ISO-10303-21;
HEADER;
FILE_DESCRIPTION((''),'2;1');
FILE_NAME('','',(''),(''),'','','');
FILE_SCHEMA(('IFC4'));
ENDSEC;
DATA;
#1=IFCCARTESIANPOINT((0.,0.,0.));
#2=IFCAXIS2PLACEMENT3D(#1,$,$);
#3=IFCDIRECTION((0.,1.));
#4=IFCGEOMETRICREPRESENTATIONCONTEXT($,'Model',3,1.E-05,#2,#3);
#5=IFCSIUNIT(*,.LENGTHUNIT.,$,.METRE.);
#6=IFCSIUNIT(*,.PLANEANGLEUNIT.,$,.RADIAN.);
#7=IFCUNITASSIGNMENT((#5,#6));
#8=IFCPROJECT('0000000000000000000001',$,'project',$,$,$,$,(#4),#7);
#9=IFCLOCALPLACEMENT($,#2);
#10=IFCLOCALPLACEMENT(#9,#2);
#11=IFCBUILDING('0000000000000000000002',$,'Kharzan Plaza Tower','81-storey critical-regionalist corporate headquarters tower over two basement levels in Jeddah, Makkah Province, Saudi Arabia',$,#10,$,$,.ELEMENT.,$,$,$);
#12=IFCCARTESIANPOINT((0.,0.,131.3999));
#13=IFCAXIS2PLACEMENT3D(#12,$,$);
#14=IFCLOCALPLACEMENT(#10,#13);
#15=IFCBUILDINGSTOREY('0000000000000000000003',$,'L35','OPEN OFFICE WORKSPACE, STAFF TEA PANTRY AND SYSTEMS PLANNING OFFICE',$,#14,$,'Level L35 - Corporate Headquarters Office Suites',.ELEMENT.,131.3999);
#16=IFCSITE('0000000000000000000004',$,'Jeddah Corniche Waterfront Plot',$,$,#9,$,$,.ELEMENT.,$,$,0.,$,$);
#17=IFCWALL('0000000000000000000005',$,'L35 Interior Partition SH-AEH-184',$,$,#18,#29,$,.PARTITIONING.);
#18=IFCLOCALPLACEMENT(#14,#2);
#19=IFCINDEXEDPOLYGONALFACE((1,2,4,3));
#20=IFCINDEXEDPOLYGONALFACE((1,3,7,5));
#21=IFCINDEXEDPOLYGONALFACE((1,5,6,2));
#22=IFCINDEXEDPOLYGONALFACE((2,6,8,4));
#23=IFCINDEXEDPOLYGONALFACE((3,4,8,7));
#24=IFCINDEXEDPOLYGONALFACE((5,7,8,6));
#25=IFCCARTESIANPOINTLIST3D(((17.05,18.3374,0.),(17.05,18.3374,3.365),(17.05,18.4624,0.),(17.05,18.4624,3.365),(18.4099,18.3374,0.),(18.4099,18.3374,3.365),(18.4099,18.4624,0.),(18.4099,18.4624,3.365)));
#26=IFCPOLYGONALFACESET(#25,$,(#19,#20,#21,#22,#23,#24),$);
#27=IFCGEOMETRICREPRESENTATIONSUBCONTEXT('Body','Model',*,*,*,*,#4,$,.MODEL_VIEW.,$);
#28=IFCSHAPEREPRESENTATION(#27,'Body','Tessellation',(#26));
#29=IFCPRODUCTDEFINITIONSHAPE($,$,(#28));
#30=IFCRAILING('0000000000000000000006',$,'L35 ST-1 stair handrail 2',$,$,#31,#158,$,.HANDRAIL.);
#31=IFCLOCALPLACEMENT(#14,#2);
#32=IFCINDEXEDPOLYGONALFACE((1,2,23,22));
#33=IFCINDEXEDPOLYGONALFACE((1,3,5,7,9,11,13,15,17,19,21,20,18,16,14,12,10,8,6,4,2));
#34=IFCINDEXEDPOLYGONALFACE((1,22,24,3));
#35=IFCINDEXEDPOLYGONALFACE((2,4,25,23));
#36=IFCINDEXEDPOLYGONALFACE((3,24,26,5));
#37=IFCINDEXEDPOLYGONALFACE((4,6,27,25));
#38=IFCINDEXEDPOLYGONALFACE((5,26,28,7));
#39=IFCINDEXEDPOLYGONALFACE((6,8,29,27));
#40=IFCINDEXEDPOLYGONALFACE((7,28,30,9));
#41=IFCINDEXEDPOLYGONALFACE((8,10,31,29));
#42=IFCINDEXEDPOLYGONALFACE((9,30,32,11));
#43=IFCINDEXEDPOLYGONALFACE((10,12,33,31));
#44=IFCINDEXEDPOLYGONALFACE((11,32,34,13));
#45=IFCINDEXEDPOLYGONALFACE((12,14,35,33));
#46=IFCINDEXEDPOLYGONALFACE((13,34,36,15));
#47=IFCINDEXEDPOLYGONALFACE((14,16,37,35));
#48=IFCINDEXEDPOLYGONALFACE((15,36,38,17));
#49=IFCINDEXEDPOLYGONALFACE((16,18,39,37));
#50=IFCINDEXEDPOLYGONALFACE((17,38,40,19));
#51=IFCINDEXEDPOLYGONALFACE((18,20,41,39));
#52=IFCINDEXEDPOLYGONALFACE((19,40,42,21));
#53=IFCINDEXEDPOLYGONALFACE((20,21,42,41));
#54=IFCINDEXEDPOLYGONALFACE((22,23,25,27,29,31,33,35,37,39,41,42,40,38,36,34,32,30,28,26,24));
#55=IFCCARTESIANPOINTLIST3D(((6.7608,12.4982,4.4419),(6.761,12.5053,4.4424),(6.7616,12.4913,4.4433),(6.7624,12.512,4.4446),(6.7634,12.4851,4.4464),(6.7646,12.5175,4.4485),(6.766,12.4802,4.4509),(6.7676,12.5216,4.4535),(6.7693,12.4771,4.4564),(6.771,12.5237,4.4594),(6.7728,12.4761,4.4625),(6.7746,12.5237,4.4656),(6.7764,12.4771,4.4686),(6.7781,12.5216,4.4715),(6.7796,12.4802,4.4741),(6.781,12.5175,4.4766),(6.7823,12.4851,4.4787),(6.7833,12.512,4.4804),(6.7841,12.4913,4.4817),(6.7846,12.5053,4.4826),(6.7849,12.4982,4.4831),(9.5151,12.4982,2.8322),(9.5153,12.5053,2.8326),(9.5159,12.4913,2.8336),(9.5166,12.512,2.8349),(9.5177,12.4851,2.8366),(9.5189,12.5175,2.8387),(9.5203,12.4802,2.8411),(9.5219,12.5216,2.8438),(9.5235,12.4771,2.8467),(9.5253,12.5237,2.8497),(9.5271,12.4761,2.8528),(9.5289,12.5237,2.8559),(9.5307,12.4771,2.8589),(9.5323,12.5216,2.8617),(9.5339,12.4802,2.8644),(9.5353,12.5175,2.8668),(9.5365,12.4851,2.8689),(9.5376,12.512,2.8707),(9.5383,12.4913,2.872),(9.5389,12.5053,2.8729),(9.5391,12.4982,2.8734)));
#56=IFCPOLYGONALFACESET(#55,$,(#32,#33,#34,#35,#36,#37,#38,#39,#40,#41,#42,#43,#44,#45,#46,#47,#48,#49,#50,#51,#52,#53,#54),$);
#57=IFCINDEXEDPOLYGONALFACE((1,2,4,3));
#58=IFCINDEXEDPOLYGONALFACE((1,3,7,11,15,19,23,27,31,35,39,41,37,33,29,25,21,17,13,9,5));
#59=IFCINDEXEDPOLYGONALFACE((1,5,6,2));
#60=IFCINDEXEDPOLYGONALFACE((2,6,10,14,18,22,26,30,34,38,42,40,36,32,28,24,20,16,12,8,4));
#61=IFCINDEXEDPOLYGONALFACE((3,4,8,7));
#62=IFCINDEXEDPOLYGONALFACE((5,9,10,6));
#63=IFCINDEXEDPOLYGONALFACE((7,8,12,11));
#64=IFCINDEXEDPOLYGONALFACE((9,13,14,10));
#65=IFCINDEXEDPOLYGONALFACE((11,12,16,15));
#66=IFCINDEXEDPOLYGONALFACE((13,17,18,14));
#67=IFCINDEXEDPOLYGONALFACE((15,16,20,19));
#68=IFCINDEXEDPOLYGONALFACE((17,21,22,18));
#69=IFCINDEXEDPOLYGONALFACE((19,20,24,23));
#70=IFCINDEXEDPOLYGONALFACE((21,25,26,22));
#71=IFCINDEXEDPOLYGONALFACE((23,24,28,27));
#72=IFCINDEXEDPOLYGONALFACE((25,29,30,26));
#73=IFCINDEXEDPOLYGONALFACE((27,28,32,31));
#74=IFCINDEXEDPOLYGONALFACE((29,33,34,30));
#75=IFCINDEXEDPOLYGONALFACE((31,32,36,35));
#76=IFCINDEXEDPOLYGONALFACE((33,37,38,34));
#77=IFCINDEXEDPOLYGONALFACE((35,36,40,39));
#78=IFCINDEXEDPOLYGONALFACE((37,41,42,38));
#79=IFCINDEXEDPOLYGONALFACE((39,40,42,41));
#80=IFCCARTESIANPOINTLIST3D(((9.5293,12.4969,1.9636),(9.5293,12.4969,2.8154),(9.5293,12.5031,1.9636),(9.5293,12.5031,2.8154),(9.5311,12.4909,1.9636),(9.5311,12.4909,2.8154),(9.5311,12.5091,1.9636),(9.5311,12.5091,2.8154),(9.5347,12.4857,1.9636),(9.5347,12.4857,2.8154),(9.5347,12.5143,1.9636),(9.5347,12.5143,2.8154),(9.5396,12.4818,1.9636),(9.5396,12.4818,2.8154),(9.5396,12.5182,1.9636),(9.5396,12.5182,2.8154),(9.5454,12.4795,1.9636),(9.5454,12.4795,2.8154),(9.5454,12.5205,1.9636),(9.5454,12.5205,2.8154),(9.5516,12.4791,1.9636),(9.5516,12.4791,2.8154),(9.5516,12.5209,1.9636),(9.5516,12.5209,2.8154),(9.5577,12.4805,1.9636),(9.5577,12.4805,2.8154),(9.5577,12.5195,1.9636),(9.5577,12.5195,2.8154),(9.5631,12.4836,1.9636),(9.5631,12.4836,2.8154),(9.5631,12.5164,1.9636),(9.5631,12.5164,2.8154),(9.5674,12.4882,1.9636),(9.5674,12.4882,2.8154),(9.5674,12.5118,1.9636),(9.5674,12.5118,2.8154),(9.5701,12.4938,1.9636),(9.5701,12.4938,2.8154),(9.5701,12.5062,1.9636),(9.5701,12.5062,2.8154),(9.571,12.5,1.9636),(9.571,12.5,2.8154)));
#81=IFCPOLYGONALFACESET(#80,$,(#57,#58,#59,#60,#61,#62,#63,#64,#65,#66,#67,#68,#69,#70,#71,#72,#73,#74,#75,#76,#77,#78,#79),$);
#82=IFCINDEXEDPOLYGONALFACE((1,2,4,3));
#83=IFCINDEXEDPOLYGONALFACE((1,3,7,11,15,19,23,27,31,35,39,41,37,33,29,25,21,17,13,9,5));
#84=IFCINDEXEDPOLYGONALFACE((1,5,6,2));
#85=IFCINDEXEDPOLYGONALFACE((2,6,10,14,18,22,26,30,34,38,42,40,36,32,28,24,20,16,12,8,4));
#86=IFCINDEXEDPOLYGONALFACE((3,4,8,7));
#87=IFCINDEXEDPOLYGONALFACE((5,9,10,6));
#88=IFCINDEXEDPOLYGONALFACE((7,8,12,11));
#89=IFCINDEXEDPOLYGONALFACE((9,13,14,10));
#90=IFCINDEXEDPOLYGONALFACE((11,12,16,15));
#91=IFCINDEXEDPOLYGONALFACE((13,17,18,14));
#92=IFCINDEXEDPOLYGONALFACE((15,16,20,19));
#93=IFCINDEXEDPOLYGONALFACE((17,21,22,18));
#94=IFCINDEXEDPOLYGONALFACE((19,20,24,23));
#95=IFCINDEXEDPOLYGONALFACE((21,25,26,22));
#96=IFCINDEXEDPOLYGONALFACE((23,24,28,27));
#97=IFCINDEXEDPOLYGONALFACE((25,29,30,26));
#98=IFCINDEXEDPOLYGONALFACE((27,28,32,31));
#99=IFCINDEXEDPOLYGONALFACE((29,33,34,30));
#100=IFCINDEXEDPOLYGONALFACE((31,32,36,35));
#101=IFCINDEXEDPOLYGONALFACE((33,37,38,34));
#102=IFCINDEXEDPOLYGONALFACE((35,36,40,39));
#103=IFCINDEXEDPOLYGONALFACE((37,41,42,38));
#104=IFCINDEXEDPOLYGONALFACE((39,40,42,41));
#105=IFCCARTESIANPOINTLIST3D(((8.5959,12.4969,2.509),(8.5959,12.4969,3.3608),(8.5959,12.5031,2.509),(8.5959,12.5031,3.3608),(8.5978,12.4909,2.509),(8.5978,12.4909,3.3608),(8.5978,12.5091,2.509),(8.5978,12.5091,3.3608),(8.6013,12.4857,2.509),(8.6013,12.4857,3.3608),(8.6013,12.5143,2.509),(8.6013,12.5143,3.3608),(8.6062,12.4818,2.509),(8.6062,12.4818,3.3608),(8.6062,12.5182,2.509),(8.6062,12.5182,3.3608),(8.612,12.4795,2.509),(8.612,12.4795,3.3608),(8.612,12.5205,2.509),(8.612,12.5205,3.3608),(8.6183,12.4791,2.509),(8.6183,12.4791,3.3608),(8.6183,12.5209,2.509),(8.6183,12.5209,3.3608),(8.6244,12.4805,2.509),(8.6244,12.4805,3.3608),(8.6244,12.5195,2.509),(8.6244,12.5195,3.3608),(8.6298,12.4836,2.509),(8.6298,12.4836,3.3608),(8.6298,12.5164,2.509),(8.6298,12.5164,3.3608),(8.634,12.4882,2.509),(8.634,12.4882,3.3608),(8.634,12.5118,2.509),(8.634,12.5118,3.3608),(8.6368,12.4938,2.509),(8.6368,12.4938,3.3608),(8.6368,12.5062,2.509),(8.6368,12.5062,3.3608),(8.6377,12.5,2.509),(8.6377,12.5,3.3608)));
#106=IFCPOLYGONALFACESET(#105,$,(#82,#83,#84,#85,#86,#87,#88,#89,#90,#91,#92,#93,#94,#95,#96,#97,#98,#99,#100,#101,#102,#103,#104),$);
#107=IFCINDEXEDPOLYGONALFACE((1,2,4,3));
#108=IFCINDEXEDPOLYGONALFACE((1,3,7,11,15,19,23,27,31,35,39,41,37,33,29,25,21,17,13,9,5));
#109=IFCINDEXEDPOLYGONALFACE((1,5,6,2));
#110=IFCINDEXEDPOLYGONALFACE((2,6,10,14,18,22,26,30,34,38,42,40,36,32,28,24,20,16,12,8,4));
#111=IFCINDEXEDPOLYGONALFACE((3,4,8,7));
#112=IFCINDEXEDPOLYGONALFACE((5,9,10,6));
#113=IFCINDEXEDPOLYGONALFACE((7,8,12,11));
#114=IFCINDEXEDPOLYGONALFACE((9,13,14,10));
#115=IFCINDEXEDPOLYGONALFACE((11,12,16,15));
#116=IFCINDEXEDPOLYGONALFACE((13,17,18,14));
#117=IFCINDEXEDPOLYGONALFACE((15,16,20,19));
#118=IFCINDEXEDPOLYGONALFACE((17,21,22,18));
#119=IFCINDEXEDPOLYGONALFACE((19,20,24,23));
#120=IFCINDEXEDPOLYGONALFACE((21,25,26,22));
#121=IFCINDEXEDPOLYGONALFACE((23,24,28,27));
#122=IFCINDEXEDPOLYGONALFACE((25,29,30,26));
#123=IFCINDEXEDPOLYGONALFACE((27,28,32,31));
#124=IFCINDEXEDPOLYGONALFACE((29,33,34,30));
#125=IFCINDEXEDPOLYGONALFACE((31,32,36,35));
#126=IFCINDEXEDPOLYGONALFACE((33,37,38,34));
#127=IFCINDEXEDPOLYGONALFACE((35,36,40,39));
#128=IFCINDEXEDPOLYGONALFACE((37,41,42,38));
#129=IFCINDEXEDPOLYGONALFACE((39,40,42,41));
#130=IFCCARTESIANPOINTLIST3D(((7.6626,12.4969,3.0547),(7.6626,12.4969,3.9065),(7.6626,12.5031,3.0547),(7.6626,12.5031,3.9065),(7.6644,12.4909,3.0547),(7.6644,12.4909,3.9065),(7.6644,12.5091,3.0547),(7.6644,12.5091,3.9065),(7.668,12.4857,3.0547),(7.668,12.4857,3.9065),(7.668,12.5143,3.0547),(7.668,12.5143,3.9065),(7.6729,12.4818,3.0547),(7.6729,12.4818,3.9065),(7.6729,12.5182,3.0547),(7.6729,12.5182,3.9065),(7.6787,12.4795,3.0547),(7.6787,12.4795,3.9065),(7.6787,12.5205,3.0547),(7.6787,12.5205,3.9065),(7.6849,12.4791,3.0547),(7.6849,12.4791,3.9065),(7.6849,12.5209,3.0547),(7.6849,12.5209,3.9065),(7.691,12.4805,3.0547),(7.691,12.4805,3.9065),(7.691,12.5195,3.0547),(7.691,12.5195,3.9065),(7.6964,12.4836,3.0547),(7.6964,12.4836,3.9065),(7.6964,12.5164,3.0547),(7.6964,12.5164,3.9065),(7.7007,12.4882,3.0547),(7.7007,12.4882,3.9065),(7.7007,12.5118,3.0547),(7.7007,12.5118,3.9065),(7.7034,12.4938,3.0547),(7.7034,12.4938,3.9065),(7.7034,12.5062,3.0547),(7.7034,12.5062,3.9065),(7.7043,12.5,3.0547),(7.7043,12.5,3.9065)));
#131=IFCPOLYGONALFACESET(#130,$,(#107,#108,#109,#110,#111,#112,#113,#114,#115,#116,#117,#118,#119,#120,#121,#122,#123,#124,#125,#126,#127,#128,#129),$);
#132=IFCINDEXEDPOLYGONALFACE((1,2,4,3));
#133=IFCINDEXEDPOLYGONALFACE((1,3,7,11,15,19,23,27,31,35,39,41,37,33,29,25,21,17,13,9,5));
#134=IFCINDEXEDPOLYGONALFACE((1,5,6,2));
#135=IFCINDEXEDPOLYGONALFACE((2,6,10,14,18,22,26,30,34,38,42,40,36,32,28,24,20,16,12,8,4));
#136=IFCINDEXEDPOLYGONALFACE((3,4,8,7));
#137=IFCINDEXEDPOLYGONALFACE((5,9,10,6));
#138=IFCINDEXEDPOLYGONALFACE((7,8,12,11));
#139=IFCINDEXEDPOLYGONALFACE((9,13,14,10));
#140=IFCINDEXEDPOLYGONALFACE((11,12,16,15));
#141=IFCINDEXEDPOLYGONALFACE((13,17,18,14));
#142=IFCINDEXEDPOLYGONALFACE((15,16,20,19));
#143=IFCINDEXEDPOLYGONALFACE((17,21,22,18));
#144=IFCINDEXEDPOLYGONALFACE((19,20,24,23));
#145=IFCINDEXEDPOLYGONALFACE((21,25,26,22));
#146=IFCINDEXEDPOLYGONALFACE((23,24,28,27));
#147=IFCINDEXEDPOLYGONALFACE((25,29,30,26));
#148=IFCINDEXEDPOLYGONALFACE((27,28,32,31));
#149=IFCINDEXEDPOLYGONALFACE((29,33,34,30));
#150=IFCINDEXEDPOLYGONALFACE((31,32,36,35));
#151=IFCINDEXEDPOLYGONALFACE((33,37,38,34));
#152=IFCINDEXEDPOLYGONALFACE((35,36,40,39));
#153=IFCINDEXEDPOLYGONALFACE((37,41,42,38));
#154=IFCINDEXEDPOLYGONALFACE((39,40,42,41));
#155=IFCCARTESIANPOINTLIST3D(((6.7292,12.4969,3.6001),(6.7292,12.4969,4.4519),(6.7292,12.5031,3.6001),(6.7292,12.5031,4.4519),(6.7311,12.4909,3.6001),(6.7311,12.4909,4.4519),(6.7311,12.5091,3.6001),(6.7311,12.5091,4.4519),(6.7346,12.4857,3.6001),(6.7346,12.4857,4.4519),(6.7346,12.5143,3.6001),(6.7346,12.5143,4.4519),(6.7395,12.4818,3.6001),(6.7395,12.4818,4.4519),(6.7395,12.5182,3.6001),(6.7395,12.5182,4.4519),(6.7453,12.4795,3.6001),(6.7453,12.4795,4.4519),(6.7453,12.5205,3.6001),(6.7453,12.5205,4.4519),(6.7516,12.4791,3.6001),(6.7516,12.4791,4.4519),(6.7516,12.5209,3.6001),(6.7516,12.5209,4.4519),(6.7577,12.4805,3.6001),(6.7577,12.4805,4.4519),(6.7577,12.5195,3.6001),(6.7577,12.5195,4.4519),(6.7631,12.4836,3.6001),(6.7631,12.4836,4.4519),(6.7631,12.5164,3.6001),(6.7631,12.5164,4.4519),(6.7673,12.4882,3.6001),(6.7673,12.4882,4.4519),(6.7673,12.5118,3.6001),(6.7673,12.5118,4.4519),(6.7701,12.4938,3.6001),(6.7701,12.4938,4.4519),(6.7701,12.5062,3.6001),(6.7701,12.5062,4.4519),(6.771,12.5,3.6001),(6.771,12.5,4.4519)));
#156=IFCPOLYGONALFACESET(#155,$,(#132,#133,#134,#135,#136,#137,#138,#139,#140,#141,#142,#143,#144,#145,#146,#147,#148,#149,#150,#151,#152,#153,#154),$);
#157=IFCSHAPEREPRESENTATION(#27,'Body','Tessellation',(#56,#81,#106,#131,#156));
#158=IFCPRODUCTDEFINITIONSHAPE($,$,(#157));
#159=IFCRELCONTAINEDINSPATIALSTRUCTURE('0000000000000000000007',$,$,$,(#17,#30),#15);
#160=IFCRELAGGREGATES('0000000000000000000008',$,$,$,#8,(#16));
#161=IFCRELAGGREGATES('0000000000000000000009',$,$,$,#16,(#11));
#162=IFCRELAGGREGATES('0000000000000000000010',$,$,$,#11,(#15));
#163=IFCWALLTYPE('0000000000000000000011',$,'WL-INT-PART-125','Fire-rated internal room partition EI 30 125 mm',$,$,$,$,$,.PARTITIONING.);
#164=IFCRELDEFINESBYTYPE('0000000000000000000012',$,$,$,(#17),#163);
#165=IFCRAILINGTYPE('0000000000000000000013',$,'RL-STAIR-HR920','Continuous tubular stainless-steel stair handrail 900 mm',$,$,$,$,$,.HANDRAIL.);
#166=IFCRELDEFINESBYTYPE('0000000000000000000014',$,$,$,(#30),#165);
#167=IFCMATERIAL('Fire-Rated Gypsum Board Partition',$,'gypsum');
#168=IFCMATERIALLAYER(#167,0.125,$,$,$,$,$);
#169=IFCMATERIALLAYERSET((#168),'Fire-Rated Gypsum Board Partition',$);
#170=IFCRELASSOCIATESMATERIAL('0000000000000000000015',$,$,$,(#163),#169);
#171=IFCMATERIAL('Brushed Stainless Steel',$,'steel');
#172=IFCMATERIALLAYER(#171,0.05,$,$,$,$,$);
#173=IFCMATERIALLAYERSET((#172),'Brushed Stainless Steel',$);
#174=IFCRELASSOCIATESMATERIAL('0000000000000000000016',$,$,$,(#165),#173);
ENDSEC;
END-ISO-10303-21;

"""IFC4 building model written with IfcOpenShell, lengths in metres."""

from ifc_helpers import new_model, si_unit, direction, frame, frame_2d, origin, origin_2d, place, context, subcontext, project, spatial, rectangle, circle, extrude, source, transform, mapped, material, layer, layer_set, type_object, element, save


model = new_model("IFC4")

# Units and contexts
model_context = context("Model", 3, precision=1e-05, world=origin(), true_north=direction((0.0, 1.0)))
body_context = subcontext(model_context, "Body", "Model", "MODEL_VIEW")
ifc_project = project(units=[si_unit("LENGTHUNIT", "METRE"), si_unit("PLANEANGLEUNIT", "RADIAN")], contexts=[model_context])

# Site, building, storey
site_placement = place(None, origin())
site = spatial("IfcSite", under=ifc_project, at=site_placement, Name="Jeddah Corniche Waterfront Plot", CompositionType="ELEMENT", RefElevation=0.0)
building_placement = place(site_placement, origin())
building = spatial("IfcBuilding", under=site, at=building_placement, Name="Kharzan Plaza Tower", Description="81-storey critical-regionalist corporate headquarters tower over two basement levels in Jeddah, Makkah Province, Saudi Arabia", CompositionType="ELEMENT")
storey_placement = place(building_placement, frame((0.0, 0.0, 131.3999)))
storey = spatial("IfcBuildingStorey", under=building, at=storey_placement, Name="L35", Description="OPEN OFFICE WORKSPACE, STAFF TEA PANTRY AND SYSTEMS PLANNING OFFICE", LongName="Level L35 - Corporate Headquarters Office Suites", CompositionType="ELEMENT", Elevation=131.3999)

# Shared definitions
ifc_material_1 = material(Name="Fire-Rated Gypsum Board Partition", Category="gypsum")
ifc_layer_1 = layer(ifc_material_1, 0.125)
ifc_layer_set_1 = layer_set([ifc_layer_1], Name="Fire-Rated Gypsum Board Partition")
wall_type_1 = type_object("IfcWallType", Name="WL-INT-PART-125", Description="Fire-rated internal room partition EI 30 125 mm", PredefinedType="PARTITIONING", material=ifc_layer_set_1)
ifc_material_2 = material(Name="Brushed Stainless Steel", Category="steel")

# Wall
shared_shape_1 = source(origin(), body_context, "Body", "SweptSolid", [
    extrude(rectangle(XDim=1.3599, YDim=0.125, at=frame_2d((0.6799, 0.0))), origin(), (0.0, 0.0, 1.0), 3.365),
])
wall_1_placement = place(storey_placement, frame((17.05, 18.3999, 0.0), z_axis=(0.0, 0.0, 1.0), x_axis=(1.0, 0.0, 0.0)))
element("IfcWall", 1, at=wall_1_placement, inside=storey, type_object=wall_type_1, Name="L35 Interior Partition SH-AEH-184", PredefinedType="PARTITIONING", context=body_context, shape_type="MappedRepresentation", body=[
    mapped(shared_shape_1, transform((0.0, 0.0, 0.0), x_axis=(1.0, 0.0, 0.0), y_axis=(0.0, 1.0, 0.0), z_axis=(0.0, 0.0, 1.0))),
])

# Railing
ifc_layer_2 = layer(ifc_material_2, 0.05)
ifc_layer_set_2 = layer_set([ifc_layer_2], Name="Brushed Stainless Steel")
railing_type = type_object("IfcRailingType", Name="RL-STAIR-HR920", Description="Continuous tubular stainless-steel stair handrail 900 mm", PredefinedType="HANDRAIL", material=ifc_layer_set_2)
shared_shape_2 = source(origin(), body_context, "Body", "SweptSolid", [
    extrude(circle(Radius=0.0239, at=origin_2d()), frame((-0.0229, 0.0, 0.8892), z_axis=(-0.863361, 0.0, 0.504587), x_axis=(0.0, -1.0, 0.0)), (0.0, 0.0, 1.0), 3.1902),
    extrude(circle(Radius=0.021, at=origin_2d()), origin(), (0.0, 0.0, 1.0), 0.8518),
    extrude(circle(Radius=0.021, at=origin_2d()), frame((-0.9333, 0.0, 0.5454)), (0.0, 0.0, 1.0), 0.8518),
    extrude(circle(Radius=0.021, at=origin_2d()), frame((-1.8667, 0.0, 1.0911)), (0.0, 0.0, 1.0), 0.8518),
    extrude(circle(Radius=0.021, at=origin_2d()), frame((-2.8, 0.0, 1.6365)), (0.0, 0.0, 1.0), 0.8518),
])
railing_placement = place(storey_placement, frame((9.55, 12.5, 1.9636)))
element("IfcRailing", 2, at=railing_placement, inside=storey, type_object=railing_type, Name="L35 ST-1 stair handrail 2", PredefinedType="HANDRAIL", context=body_context, shape_type="MappedRepresentation", body=[
    mapped(shared_shape_2, transform((0.0, 0.0, 0.0), x_axis=(1.0, 0.0, 0.0), y_axis=(0.0, 1.0, 0.0), z_axis=(0.0, 0.0, 1.0))),
])

save(model, "model.ifc")
